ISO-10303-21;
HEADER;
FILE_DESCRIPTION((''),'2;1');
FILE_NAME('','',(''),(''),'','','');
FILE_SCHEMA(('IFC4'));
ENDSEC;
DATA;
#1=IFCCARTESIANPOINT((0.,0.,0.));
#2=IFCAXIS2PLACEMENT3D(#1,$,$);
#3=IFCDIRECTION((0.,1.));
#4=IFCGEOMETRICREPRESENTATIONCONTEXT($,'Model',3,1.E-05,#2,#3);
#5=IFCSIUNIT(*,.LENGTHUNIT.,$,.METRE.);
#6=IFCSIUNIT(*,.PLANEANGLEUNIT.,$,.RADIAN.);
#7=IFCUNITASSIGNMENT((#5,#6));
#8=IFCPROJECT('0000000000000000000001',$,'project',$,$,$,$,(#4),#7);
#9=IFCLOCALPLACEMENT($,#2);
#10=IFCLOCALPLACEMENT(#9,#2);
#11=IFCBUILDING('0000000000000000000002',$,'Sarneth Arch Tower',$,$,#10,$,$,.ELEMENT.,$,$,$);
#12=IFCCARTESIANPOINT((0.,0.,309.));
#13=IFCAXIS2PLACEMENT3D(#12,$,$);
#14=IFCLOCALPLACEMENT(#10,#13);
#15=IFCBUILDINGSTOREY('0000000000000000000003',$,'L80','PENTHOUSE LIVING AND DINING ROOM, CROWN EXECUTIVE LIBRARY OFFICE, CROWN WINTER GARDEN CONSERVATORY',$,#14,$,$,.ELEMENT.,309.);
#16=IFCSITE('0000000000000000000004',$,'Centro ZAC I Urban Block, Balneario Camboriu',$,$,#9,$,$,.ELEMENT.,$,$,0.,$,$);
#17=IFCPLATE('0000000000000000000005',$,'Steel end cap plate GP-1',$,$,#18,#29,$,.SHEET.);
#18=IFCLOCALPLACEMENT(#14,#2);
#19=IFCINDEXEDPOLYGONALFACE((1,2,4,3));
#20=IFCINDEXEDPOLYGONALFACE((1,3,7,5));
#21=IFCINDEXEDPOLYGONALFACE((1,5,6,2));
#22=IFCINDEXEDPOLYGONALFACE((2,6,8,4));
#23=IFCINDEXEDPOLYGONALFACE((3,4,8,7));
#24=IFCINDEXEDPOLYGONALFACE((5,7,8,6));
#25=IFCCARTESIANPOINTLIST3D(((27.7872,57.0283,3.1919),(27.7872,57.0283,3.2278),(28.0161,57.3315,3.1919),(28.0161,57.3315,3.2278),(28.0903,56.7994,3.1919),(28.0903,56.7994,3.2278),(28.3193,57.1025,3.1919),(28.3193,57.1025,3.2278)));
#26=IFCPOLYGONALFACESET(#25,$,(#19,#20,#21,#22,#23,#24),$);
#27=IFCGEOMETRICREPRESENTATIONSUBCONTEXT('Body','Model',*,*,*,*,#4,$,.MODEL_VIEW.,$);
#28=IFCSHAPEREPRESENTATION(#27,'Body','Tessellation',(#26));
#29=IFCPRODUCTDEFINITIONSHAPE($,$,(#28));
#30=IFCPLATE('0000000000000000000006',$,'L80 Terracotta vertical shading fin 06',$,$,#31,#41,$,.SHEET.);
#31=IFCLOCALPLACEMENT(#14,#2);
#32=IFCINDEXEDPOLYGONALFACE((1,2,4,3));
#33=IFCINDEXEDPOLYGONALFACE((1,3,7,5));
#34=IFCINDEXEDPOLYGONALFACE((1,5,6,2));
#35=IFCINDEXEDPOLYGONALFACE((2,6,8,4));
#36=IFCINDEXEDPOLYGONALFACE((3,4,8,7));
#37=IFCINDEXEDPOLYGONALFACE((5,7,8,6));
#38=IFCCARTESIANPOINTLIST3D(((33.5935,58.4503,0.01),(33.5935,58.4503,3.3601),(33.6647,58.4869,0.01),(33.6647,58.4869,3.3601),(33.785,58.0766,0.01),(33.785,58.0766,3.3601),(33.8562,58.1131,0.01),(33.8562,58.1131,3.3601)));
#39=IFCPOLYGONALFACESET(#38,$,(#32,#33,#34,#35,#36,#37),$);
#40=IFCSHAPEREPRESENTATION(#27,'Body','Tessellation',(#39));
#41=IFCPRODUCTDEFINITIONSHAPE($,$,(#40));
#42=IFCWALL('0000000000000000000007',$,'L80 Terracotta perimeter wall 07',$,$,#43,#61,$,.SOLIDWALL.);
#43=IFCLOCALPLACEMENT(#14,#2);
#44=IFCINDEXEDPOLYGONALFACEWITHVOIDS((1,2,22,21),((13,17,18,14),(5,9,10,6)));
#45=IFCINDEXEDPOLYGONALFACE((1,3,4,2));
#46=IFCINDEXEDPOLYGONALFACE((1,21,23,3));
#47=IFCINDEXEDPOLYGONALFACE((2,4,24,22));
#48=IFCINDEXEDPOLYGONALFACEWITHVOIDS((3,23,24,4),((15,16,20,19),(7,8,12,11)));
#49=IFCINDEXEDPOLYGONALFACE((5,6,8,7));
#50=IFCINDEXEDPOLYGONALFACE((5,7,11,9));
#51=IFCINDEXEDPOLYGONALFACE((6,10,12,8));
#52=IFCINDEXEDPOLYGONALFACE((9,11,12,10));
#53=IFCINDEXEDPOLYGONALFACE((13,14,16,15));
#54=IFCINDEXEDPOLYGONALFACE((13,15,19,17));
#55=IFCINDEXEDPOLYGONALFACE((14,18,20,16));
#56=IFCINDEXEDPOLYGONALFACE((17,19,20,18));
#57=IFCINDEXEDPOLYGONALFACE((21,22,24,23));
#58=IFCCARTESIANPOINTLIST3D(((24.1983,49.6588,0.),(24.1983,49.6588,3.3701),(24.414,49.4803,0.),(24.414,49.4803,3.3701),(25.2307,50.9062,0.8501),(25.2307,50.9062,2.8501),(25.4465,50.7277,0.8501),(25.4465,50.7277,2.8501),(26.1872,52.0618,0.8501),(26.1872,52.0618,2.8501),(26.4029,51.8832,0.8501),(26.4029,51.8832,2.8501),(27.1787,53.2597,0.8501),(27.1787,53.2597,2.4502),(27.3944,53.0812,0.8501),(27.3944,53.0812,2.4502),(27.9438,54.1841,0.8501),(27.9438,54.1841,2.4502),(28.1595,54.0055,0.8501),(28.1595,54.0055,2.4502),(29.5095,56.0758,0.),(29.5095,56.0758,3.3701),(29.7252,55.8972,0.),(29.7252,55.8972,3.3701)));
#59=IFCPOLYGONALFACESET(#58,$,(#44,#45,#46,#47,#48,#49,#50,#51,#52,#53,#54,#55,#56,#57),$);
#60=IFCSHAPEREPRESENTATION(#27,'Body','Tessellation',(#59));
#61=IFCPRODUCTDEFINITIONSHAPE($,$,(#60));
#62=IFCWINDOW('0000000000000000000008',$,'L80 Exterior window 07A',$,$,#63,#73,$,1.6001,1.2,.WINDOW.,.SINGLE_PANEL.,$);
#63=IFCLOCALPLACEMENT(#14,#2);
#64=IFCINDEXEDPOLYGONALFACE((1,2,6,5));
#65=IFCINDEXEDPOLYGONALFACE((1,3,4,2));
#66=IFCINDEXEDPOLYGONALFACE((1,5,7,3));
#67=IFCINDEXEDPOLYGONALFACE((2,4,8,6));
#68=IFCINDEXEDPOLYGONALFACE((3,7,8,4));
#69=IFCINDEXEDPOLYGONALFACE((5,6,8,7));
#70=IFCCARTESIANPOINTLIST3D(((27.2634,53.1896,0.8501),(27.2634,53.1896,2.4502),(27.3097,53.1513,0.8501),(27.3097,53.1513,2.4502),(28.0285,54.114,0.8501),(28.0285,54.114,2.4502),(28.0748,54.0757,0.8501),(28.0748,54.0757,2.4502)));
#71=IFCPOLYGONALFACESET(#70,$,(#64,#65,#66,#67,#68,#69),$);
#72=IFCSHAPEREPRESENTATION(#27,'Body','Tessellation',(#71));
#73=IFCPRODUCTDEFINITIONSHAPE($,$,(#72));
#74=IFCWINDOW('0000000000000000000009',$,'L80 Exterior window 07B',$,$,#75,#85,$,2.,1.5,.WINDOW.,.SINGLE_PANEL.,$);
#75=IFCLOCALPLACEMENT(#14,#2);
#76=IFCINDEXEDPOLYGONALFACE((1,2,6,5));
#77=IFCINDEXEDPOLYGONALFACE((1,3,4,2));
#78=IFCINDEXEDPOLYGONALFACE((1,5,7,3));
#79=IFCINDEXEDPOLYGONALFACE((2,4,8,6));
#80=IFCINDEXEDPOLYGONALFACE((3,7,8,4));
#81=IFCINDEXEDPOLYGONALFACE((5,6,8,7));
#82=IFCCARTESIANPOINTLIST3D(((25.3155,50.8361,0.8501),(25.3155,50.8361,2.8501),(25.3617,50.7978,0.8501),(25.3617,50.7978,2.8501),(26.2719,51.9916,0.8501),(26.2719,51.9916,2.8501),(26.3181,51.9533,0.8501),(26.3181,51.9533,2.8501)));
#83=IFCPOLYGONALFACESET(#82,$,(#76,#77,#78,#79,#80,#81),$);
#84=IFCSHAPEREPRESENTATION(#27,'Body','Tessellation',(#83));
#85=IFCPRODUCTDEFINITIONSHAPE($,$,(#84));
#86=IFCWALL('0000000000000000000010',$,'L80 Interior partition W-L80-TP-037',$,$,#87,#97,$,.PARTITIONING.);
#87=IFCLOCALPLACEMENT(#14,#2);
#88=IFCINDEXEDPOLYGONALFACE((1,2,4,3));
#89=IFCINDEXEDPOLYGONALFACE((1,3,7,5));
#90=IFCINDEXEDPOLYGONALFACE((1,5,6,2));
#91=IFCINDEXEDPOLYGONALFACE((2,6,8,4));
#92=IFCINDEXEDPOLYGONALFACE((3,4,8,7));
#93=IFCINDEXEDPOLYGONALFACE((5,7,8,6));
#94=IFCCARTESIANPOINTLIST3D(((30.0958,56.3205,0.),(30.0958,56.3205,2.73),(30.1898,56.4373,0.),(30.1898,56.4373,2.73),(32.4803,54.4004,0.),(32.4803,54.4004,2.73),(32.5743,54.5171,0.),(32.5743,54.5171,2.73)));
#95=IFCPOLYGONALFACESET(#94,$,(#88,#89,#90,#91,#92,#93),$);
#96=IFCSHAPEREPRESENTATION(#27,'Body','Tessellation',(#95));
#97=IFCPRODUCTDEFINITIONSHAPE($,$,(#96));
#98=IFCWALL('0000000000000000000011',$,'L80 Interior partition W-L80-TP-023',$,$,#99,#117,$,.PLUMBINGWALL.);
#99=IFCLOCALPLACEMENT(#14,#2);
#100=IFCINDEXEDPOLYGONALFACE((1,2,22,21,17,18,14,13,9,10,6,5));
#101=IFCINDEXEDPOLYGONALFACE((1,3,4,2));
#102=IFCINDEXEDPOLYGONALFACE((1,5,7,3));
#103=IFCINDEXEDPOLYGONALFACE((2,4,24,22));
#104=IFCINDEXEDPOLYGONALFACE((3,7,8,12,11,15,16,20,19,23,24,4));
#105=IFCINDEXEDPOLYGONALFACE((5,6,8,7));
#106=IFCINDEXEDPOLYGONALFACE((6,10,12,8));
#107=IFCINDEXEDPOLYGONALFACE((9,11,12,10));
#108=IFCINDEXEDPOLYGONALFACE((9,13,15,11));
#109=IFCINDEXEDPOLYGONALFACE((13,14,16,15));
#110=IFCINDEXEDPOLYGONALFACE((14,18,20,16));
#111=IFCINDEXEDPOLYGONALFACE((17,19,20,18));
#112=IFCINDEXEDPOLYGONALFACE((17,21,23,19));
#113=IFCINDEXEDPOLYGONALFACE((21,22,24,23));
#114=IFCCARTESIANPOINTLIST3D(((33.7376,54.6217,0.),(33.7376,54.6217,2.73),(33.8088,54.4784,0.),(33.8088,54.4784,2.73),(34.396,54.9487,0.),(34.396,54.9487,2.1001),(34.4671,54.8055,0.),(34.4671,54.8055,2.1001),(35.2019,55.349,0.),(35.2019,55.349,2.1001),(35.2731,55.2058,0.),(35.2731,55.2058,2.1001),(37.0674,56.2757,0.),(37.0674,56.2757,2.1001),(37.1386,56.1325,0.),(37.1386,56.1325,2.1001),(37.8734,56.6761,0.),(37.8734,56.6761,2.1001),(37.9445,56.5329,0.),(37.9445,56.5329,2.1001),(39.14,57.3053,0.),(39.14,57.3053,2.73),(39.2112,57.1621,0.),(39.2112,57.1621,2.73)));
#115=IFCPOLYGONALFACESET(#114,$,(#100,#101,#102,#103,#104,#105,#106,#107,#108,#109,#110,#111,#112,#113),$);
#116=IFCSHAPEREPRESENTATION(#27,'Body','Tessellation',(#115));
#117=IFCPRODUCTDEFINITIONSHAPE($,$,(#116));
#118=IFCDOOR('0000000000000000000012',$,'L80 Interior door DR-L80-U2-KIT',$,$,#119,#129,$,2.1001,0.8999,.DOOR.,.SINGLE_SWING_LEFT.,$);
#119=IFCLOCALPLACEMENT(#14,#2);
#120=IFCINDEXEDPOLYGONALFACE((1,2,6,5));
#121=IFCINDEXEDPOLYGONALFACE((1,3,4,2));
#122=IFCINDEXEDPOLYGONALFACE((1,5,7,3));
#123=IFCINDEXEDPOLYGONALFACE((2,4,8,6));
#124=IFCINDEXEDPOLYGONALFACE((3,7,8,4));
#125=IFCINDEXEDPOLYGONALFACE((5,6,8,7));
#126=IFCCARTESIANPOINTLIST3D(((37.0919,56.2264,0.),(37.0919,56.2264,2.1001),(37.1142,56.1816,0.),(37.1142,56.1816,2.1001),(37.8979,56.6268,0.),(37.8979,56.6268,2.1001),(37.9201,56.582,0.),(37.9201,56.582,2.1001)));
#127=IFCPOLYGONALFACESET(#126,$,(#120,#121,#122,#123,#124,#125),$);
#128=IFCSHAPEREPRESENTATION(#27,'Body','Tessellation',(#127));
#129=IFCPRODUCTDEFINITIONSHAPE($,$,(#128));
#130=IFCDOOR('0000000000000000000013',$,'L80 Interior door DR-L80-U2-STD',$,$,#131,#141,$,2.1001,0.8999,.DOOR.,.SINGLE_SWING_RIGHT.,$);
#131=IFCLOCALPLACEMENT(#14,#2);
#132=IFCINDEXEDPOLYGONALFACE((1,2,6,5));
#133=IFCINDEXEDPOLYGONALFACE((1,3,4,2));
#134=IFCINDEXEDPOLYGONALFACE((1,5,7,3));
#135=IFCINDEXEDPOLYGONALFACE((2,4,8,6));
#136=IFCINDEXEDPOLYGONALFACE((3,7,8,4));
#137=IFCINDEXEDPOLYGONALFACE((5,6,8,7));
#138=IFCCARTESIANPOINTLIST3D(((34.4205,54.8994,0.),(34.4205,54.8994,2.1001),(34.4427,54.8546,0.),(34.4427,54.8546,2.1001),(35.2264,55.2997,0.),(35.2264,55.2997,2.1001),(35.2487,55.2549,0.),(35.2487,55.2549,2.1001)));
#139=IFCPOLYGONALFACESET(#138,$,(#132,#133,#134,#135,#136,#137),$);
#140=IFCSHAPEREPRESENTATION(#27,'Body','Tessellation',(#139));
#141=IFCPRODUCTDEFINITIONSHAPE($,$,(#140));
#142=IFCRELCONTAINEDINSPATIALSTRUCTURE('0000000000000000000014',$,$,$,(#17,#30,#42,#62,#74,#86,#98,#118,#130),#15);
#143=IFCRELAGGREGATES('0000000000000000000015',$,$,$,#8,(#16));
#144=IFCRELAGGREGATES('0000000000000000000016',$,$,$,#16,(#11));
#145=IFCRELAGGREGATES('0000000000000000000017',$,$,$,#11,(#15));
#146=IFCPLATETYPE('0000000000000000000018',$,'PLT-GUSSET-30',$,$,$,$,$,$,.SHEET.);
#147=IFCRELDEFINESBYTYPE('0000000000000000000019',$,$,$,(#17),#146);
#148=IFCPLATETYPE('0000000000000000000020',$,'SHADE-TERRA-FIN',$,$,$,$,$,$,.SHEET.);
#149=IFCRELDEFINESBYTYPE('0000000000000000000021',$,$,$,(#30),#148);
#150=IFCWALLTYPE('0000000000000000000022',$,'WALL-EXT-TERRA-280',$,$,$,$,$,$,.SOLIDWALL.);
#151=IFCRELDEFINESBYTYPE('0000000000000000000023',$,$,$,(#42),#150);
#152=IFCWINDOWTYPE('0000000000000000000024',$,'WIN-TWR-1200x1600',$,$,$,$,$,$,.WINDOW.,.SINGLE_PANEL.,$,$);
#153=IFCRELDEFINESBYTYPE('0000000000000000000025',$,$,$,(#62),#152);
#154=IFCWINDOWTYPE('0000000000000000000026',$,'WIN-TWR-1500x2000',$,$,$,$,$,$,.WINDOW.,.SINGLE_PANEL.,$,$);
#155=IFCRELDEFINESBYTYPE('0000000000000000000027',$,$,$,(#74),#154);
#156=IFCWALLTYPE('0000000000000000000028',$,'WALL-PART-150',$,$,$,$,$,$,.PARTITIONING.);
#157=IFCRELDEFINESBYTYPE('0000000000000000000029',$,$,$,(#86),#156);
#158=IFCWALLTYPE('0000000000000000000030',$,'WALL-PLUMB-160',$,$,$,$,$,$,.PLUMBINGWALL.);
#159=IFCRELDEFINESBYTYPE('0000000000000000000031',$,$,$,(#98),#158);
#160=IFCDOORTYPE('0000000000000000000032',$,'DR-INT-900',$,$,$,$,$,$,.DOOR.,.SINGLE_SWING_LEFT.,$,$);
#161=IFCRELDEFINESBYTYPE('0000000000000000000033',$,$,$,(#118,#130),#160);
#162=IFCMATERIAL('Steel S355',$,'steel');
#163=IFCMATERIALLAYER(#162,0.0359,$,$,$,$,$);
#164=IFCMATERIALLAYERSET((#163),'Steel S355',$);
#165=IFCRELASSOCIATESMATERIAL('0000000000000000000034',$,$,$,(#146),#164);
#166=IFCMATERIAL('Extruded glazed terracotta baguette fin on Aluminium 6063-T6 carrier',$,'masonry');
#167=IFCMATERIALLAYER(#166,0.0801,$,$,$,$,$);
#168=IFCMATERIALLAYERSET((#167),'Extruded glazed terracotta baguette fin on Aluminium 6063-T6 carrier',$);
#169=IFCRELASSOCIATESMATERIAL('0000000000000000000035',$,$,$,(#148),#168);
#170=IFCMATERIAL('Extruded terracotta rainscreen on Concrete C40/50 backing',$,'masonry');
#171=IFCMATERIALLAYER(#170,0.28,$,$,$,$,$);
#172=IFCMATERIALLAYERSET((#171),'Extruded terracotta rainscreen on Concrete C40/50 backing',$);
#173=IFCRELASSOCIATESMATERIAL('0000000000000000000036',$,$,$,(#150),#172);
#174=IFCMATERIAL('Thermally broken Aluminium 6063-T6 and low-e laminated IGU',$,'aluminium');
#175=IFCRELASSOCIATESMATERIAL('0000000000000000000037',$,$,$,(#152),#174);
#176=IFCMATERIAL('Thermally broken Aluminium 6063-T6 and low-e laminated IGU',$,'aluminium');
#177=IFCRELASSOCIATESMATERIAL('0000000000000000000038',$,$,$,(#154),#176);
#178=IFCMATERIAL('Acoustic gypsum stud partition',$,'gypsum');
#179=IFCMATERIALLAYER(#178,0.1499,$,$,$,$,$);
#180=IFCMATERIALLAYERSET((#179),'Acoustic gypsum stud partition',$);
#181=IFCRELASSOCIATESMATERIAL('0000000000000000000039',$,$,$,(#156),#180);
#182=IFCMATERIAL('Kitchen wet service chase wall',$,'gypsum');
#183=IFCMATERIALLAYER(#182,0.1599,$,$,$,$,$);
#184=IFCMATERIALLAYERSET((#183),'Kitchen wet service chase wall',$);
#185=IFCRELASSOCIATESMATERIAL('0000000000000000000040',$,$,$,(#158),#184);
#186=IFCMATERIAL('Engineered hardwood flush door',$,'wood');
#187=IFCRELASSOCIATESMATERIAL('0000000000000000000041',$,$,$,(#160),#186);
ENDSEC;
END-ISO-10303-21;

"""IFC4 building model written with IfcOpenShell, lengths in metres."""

from ifc_helpers import new_model, si_unit, direction, frame, frame_2d, origin, origin_2d, place, context, subcontext, project, spatial, rectangle, extrude, material, layer, layer_set, type_object, element, fill, save


model = new_model("IFC4")

# Units and contexts
model_context = context("Model", 3, precision=1e-05, world=origin(), true_north=direction((0.0, 1.0)))
body_context = subcontext(model_context, "Body", "Model", "MODEL_VIEW")
ifc_project = project(units=[si_unit("LENGTHUNIT", "METRE"), si_unit("PLANEANGLEUNIT", "RADIAN")], contexts=[model_context])

# Site, building, storey
site_placement = place(None, origin())
site = spatial("IfcSite", under=ifc_project, at=site_placement, Name="Centro ZAC I Urban Block, Balneario Camboriu", CompositionType="ELEMENT", RefElevation=0.0)
building_placement = place(site_placement, origin())
building = spatial("IfcBuilding", under=site, at=building_placement, Name="Sarneth Arch Tower", CompositionType="ELEMENT")
storey_placement = place(building_placement, frame((0.0, 0.0, 309.0)))
storey = spatial("IfcBuildingStorey", under=building, at=storey_placement, Name="L80", Description="PENTHOUSE LIVING AND DINING ROOM, CROWN EXECUTIVE LIBRARY OFFICE, CROWN WINTER GARDEN CONSERVATORY", CompositionType="ELEMENT", Elevation=309.0)

# Plates
ifc_material_1 = material(Name="Steel S355", Category="steel")
ifc_layer_1 = layer(ifc_material_1, 0.0359)
ifc_layer_set_1 = layer_set([ifc_layer_1], Name="Steel S355")
plate_type_1 = type_object("IfcPlateType", Name="PLT-GUSSET-30", PredefinedType="SHEET", material=ifc_layer_set_1)
plate_1_placement = place(storey_placement, frame((28.0532, 57.0654, 3.1919), z_axis=(0.0, 0.0, 1.0), x_axis=(-0.798005, 0.602651, 0.0)))
element("IfcPlate", 1, at=plate_1_placement, inside=storey, type_object=plate_type_1, Name="Steel end cap plate GP-1", PredefinedType="SHEET", context=body_context, shape_type="SweptSolid", body=[
    extrude(rectangle(XDim=0.3799, YDim=0.3799, at=origin_2d()), origin(), (0.0, 0.0, 1.0), 0.0359),
])
ifc_material_2 = material(Name="Extruded glazed terracotta baguette fin on Aluminium 6063-T6 carrier", Category="masonry")
ifc_layer_2 = layer(ifc_material_2, 0.0801)
ifc_layer_set_2 = layer_set([ifc_layer_2], Name="Extruded glazed terracotta baguette fin on Aluminium 6063-T6 carrier")
plate_type_2 = type_object("IfcPlateType", Name="SHADE-TERRA-FIN", PredefinedType="SHEET", material=ifc_layer_set_2)
plate_2_placement = place(storey_placement, frame((33.7249, 58.2817, 0.01), z_axis=(0.0, 0.0, 1.0), x_axis=(-0.456011, 0.889974, 0.0)))
element("IfcPlate", 2, at=plate_2_placement, inside=storey, type_object=plate_type_2, Name="L80 Terracotta vertical shading fin 06", PredefinedType="SHEET", context=body_context, shape_type="SweptSolid", body=[
    extrude(rectangle(XDim=0.4199, YDim=0.0801, at=origin_2d()), origin(), (0.0, 0.0, 1.0), 3.3501),
])

# Wall, openings, windows
ifc_material_3 = material(Name="Extruded terracotta rainscreen on Concrete C40/50 backing", Category="masonry")
ifc_layer_3 = layer(ifc_material_3, 0.28)
ifc_layer_set_3 = layer_set([ifc_layer_3], Name="Extruded terracotta rainscreen on Concrete C40/50 backing")
wall_type_1 = type_object("IfcWallType", Name="WALL-EXT-TERRA-280", PredefinedType="SOLIDWALL", material=ifc_layer_set_3)
wall_1_placement = place(storey_placement, frame((29.6174, 55.9866, 0.0), z_axis=(0.0, 0.0, 1.0), x_axis=(-0.637615, -0.770355, 0.0)))
wall_1 = element("IfcWall", 3, at=wall_1_placement, inside=storey, type_object=wall_type_1, Name="L80 Terracotta perimeter wall 07", PredefinedType="SOLIDWALL", context=body_context, shape_type="SweptSolid", body=[
    extrude(rectangle(XDim=8.3298, YDim=0.28, at=frame_2d((4.165, 0.0))), origin(), (0.0, 0.0, 1.0), 3.3701),
])
opening_1_placement = place(wall_1_placement, frame((2.4556, 0.0, 0.8501)))
opening_1 = element("IfcOpeningElement", 4, at=opening_1_placement, cuts=wall_1, PredefinedType="OPENING", context=body_context, shape_type="SweptSolid", body=[
    extrude(rectangle(XDim=1.2, YDim=1.6001, at=frame_2d((0.6001, 0.8))), frame((0.0, 0.1499, 0.0), z_axis=(0.0, -1.0, 0.0), x_axis=(1.0, 0.0, 0.0)), (0.0, 0.0, 1.0), 0.3),
])
opening_2_placement = place(wall_1_placement, frame((5.2107, 0.0, 0.8501)))
opening_2 = element("IfcOpeningElement", 5, at=opening_2_placement, cuts=wall_1, PredefinedType="OPENING", context=body_context, shape_type="SweptSolid", body=[
    extrude(rectangle(XDim=1.5, YDim=2.0, at=frame_2d((0.75, 1.0))), frame((0.0, 0.1499, 0.0), z_axis=(0.0, -1.0, 0.0), x_axis=(1.0, 0.0, 0.0)), (0.0, 0.0, 1.0), 0.3),
])
ifc_material_4 = material(Name="Thermally broken Aluminium 6063-T6 and low-e laminated IGU", Category="aluminium")
window_type_1 = type_object("IfcWindowType", Name="WIN-TWR-1200x1600", PartitioningType="SINGLE_PANEL", PredefinedType="WINDOW", material=ifc_material_4)
window_1_placement = place(opening_1_placement, origin())
window_1 = element("IfcWindow", 6, at=window_1_placement, inside=storey, type_object=window_type_1, Name="L80 Exterior window 07A", OverallHeight=1.6001, OverallWidth=1.2, PartitioningType="SINGLE_PANEL", PredefinedType="WINDOW", context=body_context, shape_type="SweptSolid", body=[
    extrude(rectangle(XDim=1.2, YDim=1.6001, at=frame_2d((0.6001, 0.8))), frame((0.0, 0.03, 0.0), z_axis=(0.0, -1.0, 0.0), x_axis=(1.0, 0.0, 0.0)), (0.0, 0.0, 1.0), 0.0601),
])
fill(opening_1, window_1)
ifc_material_5 = material(Name="Thermally broken Aluminium 6063-T6 and low-e laminated IGU", Category="aluminium")
window_type_2 = type_object("IfcWindowType", Name="WIN-TWR-1500x2000", PartitioningType="SINGLE_PANEL", PredefinedType="WINDOW", material=ifc_material_5)
window_2_placement = place(opening_2_placement, origin())
window_2 = element("IfcWindow", 7, at=window_2_placement, inside=storey, type_object=window_type_2, Name="L80 Exterior window 07B", OverallHeight=2.0, OverallWidth=1.5, PartitioningType="SINGLE_PANEL", PredefinedType="WINDOW", context=body_context, shape_type="SweptSolid", body=[
    extrude(rectangle(XDim=1.5, YDim=2.0, at=frame_2d((0.75, 1.0))), frame((0.0, 0.03, 0.0), z_axis=(0.0, -1.0, 0.0), x_axis=(1.0, 0.0, 0.0)), (0.0, 0.0, 1.0), 0.0601),
])
fill(opening_2, window_2)

# Wall
ifc_material_6 = material(Name="Acoustic gypsum stud partition", Category="gypsum")
ifc_layer_4 = layer(ifc_material_6, 0.1499)
ifc_layer_set_4 = layer_set([ifc_layer_4], Name="Acoustic gypsum stud partition")
wall_type_2 = type_object("IfcWallType", Name="WALL-PART-150", PredefinedType="PARTITIONING", material=ifc_layer_set_4)
wall_2_placement = place(storey_placement, frame((30.1428, 56.3789, 0.0), z_axis=(0.0, 0.0, 1.0), x_axis=(0.778865, -0.627191, 0.0)))
element("IfcWall", 8, at=wall_2_placement, inside=storey, type_object=wall_type_2, Name="L80 Interior partition W-L80-TP-037", PredefinedType="PARTITIONING", context=body_context, shape_type="SweptSolid", body=[
    extrude(rectangle(XDim=3.0615, YDim=0.1499, at=frame_2d((1.5308, 0.0))), origin(), (0.0, 0.0, 1.0), 2.73),
])

# Wall, openings, doors
ifc_material_7 = material(Name="Kitchen wet service chase wall", Category="gypsum")
ifc_layer_5 = layer(ifc_material_7, 0.1599)
ifc_layer_set_5 = layer_set([ifc_layer_5], Name="Kitchen wet service chase wall")
wall_type_3 = type_object("IfcWallType", Name="WALL-PLUMB-160", PredefinedType="PLUMBINGWALL", material=ifc_layer_set_5)
wall_3_placement = place(storey_placement, frame((33.7732, 54.55, 0.0), z_axis=(0.0, 0.0, 1.0), x_axis=(0.89559, 0.444881, 0.0)))
wall_3 = element("IfcWall", 9, at=wall_3_placement, inside=storey, type_object=wall_type_3, Name="L80 Interior partition W-L80-TP-023", PredefinedType="PLUMBINGWALL", context=body_context, shape_type="SweptSolid", body=[
    extrude(rectangle(XDim=6.0322, YDim=0.1599, at=frame_2d((3.0161, 0.0))), origin(), (0.0, 0.0, 1.0), 2.73),
])
opening_3_placement = place(wall_3_placement, frame((3.718, 0.0, 0.0)))
opening_3 = element("IfcOpeningElement", 10, at=opening_3_placement, cuts=wall_3, PredefinedType="OPENING", context=body_context, shape_type="SweptSolid", body=[
    extrude(rectangle(XDim=0.8999, YDim=2.1001, at=frame_2d((0.45, 1.05))), frame((0.0, 0.0898, 0.0), z_axis=(0.0, -1.0, 0.0), x_axis=(1.0, 0.0, 0.0)), (0.0, 0.0, 1.0), 0.1799),
])
opening_4_placement = place(wall_3_placement, frame((0.7351, 0.0, 0.0)))
opening_4 = element("IfcOpeningElement", 11, at=opening_4_placement, cuts=wall_3, PredefinedType="OPENING", context=body_context, shape_type="SweptSolid", body=[
    extrude(rectangle(XDim=0.8999, YDim=2.1001, at=frame_2d((0.45, 1.05))), frame((0.0, 0.0898, 0.0), z_axis=(0.0, -1.0, 0.0), x_axis=(1.0, 0.0, 0.0)), (0.0, 0.0, 1.0), 0.1799),
])
ifc_material_8 = material(Name="Engineered hardwood flush door", Category="wood")
door_type = type_object("IfcDoorType", Name="DR-INT-900", OperationType="SINGLE_SWING_LEFT", PredefinedType="DOOR", material=ifc_material_8)
door_1_placement = place(opening_3_placement, origin())
door_1 = element("IfcDoor", 12, at=door_1_placement, inside=storey, type_object=door_type, Name="L80 Interior door DR-L80-U2-KIT", OperationType="SINGLE_SWING_LEFT", OverallHeight=2.1001, OverallWidth=0.8999, PredefinedType="DOOR", context=body_context, shape_type="SweptSolid", body=[
    extrude(rectangle(XDim=0.8999, YDim=2.1001, at=frame_2d((0.45, 1.05))), frame((0.0, 0.0249, 0.0), z_axis=(0.0, -1.0, 0.0), x_axis=(1.0, 0.0, 0.0)), (0.0, 0.0, 1.0), 0.05),
])
fill(opening_3, door_1)
door_2_placement = place(opening_4_placement, origin())
door_2 = element("IfcDoor", 13, at=door_2_placement, inside=storey, type_object=door_type, Name="L80 Interior door DR-L80-U2-STD", OperationType="SINGLE_SWING_RIGHT", OverallHeight=2.1001, OverallWidth=0.8999, PredefinedType="DOOR", context=body_context, shape_type="SweptSolid", body=[
    extrude(rectangle(XDim=0.8999, YDim=2.1001, at=frame_2d((0.45, 1.05))), frame((0.0, 0.0249, 0.0), z_axis=(0.0, -1.0, 0.0), x_axis=(1.0, 0.0, 0.0)), (0.0, 0.0, 1.0), 0.05),
])
fill(opening_4, door_2)

save(model, "model.ifc")
